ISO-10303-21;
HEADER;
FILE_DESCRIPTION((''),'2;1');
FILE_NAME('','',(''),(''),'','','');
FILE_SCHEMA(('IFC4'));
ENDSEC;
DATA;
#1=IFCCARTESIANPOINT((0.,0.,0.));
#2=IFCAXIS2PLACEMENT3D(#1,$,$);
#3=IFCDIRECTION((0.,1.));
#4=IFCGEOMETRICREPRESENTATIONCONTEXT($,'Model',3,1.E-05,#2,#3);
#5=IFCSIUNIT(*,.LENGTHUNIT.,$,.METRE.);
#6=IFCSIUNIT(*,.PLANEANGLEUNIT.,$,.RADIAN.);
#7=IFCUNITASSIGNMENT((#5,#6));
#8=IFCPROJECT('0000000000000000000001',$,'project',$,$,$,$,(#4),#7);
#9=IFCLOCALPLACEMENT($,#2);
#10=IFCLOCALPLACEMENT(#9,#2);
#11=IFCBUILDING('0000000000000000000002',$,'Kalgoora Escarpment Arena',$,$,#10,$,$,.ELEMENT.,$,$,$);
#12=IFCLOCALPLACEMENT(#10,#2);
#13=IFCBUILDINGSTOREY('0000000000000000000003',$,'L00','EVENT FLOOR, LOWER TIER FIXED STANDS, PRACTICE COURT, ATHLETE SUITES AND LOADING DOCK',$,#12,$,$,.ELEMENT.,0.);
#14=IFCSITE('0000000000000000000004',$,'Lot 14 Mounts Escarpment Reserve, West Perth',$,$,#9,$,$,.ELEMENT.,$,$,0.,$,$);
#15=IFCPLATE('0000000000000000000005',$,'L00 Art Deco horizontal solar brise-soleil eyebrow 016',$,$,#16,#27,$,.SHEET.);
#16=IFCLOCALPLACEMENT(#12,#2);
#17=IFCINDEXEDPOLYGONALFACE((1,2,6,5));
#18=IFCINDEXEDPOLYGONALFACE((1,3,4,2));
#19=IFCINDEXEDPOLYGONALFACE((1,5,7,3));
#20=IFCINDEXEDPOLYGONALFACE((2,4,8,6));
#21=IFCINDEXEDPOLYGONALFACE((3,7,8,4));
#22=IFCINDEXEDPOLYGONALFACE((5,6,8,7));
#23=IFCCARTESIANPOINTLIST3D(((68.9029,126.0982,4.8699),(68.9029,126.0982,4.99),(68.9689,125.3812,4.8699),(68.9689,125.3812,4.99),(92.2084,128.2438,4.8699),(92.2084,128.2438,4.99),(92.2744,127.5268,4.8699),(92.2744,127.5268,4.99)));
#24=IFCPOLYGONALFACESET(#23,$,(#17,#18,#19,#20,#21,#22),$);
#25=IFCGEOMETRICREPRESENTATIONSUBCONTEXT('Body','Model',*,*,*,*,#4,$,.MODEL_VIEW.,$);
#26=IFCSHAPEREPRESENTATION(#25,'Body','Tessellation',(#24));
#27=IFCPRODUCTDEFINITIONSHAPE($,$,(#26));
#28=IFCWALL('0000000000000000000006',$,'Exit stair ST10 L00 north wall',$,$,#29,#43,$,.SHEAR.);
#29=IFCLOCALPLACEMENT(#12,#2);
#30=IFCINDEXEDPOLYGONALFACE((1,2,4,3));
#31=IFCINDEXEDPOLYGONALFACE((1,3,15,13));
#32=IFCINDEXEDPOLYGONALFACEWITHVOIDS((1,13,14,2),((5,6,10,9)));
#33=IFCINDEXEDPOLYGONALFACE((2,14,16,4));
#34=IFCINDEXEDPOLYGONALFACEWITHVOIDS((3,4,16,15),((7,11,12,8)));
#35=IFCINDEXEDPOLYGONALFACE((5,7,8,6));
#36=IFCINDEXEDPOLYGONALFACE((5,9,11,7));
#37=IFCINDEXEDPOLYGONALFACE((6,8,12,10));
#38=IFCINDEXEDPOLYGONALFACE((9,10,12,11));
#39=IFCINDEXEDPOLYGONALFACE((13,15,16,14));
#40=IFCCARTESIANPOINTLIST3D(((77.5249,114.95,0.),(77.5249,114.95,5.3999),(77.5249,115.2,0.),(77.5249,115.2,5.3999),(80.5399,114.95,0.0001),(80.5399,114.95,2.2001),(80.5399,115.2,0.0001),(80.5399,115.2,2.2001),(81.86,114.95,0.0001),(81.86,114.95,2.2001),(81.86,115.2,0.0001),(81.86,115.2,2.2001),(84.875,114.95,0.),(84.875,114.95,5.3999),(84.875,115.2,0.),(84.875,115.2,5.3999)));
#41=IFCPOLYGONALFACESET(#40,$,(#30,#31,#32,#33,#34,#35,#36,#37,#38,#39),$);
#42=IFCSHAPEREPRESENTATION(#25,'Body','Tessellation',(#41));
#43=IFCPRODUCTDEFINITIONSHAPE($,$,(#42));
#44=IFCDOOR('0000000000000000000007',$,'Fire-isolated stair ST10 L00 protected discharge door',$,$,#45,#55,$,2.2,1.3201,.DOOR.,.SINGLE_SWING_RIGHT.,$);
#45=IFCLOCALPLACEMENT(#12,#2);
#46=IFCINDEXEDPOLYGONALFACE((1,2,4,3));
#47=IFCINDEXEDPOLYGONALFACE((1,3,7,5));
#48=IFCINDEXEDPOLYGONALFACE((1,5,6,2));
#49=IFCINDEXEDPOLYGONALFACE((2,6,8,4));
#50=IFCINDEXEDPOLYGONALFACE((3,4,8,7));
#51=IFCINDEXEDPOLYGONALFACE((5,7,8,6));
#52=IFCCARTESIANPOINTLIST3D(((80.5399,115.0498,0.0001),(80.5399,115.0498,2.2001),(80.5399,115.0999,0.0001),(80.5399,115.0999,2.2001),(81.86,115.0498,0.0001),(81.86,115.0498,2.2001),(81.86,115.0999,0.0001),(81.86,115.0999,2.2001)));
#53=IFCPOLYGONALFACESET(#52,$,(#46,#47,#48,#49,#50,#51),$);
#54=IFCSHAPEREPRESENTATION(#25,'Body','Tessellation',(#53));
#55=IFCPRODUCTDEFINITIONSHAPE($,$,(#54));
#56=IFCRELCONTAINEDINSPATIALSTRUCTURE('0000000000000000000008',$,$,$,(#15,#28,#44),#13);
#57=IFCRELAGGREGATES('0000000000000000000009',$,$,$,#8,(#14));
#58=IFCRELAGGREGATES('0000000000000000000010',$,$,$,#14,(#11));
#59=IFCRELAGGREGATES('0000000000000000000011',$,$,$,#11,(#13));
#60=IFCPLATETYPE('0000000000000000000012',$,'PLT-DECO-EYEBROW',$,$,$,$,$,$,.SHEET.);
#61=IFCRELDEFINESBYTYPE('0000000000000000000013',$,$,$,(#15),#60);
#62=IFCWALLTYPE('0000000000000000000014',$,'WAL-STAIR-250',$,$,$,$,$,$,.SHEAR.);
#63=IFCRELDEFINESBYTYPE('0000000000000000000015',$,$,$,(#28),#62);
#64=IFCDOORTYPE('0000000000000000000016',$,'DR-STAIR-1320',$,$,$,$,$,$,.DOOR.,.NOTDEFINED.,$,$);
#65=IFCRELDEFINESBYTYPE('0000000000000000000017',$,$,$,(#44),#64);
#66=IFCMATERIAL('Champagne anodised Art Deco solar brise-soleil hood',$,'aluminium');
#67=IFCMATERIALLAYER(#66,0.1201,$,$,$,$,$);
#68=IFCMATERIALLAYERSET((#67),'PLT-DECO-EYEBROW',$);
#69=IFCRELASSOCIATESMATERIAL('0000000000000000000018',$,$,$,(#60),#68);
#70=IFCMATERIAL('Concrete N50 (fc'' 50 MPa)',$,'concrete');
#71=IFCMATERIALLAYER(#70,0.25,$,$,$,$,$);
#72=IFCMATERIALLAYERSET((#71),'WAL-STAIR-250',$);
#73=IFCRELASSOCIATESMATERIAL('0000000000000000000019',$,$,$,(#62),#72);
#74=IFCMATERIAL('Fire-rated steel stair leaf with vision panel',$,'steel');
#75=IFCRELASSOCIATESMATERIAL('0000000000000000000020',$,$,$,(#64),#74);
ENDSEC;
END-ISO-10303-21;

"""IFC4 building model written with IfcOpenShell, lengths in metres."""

from ifc_helpers import new_model, si_unit, direction, frame, frame_2d, origin, origin_2d, place, context, subcontext, project, spatial, rectangle, extrude, material, layer, layer_set, type_object, element, fill, save


model = new_model("IFC4")

# Units and contexts
model_context = context("Model", 3, precision=1e-05, world=origin(), true_north=direction((0.0, 1.0)))
body_context = subcontext(model_context, "Body", "Model", "MODEL_VIEW")
ifc_project = project(units=[si_unit("LENGTHUNIT", "METRE"), si_unit("PLANEANGLEUNIT", "RADIAN")], contexts=[model_context])

# Site, building, storey
site_placement = place(None, origin())
site = spatial("IfcSite", under=ifc_project, at=site_placement, Name="Lot 14 Mounts Escarpment Reserve, West Perth", CompositionType="ELEMENT", RefElevation=0.0)
building_placement = place(site_placement, origin())
building = spatial("IfcBuilding", under=site, at=building_placement, Name="Kalgoora Escarpment Arena", CompositionType="ELEMENT")
storey_placement = place(building_placement, origin())
storey = spatial("IfcBuildingStorey", under=building, at=storey_placement, Name="L00", Description="EVENT FLOOR, LOWER TIER FIXED STANDS, PRACTICE COURT, ATHLETE SUITES AND LOADING DOCK", CompositionType="ELEMENT", Elevation=0.0)

# Plate
ifc_material_1 = material(Name="Champagne anodised Art Deco solar brise-soleil hood", Category="aluminium")
ifc_layer_1 = layer(ifc_material_1, 0.1201)
ifc_layer_set_1 = layer_set([ifc_layer_1], Name="PLT-DECO-EYEBROW")
plate_type = type_object("IfcPlateType", Name="PLT-DECO-EYEBROW", PredefinedType="SHEET", material=ifc_layer_set_1)
plate_placement = place(storey_placement, frame((80.5886, 126.8125, 4.8699), z_axis=(0.0, 0.0, 1.0), x_axis=(0.995789, 0.091675, 0.0)))
element("IfcPlate", 1, at=plate_placement, inside=storey, type_object=plate_type, Name="L00 Art Deco horizontal solar brise-soleil eyebrow 016", PredefinedType="SHEET", context=body_context, shape_type="SweptSolid", body=[
    extrude(rectangle(XDim=23.4041, YDim=0.72, at=origin_2d()), origin(), (0.0, 0.0, 1.0), 0.1201),
])

# Wall, opening, door
ifc_material_2 = material(Name="Concrete N50 (fc' 50 MPa)", Category="concrete")
ifc_layer_2 = layer(ifc_material_2, 0.25)
ifc_layer_set_2 = layer_set([ifc_layer_2], Name="WAL-STAIR-250")
wall_type = type_object("IfcWallType", Name="WAL-STAIR-250", PredefinedType="SHEAR", material=ifc_layer_set_2)
wall_placement = place(storey_placement, frame((77.5249, 115.075, 0.0), z_axis=(0.0, 0.0, 1.0), x_axis=(1.0, 0.0, 0.0)))
wall = element("IfcWall", 2, at=wall_placement, inside=storey, type_object=wall_type, Name="Exit stair ST10 L00 north wall", PredefinedType="SHEAR", context=body_context, shape_type="SweptSolid", body=[
    extrude(rectangle(XDim=7.3501, YDim=0.25, at=frame_2d((3.675, 0.0))), origin(), (0.0, 0.0, 1.0), 5.3999),
])
opening_placement = place(wall_placement, frame((3.0149, 0.0, 0.0)))
opening = element("IfcOpeningElement", 3, at=opening_placement, cuts=wall, PredefinedType="OPENING", context=body_context, shape_type="SweptSolid", body=[
    extrude(rectangle(XDim=1.3201, YDim=2.2, at=frame_2d((0.6602, 1.1001))), frame((0.0, 0.135, 0.0), z_axis=(0.0, -1.0, 0.0), x_axis=(1.0, 0.0, 0.0)), (0.0, 0.0, 1.0), 0.27),
])
ifc_material_3 = material(Name="Fire-rated steel stair leaf with vision panel", Category="steel")
door_type = type_object("IfcDoorType", Name="DR-STAIR-1320", OperationType="NOTDEFINED", PredefinedType="DOOR", material=ifc_material_3)
door_placement = place(opening_placement, origin())
door = element("IfcDoor", 4, at=door_placement, inside=storey, type_object=door_type, Name="Fire-isolated stair ST10 L00 protected discharge door", OperationType="SINGLE_SWING_RIGHT", OverallHeight=2.2, OverallWidth=1.3201, PredefinedType="DOOR", context=body_context, shape_type="SweptSolid", body=[
    extrude(rectangle(XDim=1.3201, YDim=2.2, at=frame_2d((0.6602, 1.1001))), frame((0.0, 0.0249, 0.0), z_axis=(0.0, -1.0, 0.0), x_axis=(1.0, 0.0, 0.0)), (0.0, 0.0, 1.0), 0.05),
])
fill(opening, door)

save(model, "model.ifc")
